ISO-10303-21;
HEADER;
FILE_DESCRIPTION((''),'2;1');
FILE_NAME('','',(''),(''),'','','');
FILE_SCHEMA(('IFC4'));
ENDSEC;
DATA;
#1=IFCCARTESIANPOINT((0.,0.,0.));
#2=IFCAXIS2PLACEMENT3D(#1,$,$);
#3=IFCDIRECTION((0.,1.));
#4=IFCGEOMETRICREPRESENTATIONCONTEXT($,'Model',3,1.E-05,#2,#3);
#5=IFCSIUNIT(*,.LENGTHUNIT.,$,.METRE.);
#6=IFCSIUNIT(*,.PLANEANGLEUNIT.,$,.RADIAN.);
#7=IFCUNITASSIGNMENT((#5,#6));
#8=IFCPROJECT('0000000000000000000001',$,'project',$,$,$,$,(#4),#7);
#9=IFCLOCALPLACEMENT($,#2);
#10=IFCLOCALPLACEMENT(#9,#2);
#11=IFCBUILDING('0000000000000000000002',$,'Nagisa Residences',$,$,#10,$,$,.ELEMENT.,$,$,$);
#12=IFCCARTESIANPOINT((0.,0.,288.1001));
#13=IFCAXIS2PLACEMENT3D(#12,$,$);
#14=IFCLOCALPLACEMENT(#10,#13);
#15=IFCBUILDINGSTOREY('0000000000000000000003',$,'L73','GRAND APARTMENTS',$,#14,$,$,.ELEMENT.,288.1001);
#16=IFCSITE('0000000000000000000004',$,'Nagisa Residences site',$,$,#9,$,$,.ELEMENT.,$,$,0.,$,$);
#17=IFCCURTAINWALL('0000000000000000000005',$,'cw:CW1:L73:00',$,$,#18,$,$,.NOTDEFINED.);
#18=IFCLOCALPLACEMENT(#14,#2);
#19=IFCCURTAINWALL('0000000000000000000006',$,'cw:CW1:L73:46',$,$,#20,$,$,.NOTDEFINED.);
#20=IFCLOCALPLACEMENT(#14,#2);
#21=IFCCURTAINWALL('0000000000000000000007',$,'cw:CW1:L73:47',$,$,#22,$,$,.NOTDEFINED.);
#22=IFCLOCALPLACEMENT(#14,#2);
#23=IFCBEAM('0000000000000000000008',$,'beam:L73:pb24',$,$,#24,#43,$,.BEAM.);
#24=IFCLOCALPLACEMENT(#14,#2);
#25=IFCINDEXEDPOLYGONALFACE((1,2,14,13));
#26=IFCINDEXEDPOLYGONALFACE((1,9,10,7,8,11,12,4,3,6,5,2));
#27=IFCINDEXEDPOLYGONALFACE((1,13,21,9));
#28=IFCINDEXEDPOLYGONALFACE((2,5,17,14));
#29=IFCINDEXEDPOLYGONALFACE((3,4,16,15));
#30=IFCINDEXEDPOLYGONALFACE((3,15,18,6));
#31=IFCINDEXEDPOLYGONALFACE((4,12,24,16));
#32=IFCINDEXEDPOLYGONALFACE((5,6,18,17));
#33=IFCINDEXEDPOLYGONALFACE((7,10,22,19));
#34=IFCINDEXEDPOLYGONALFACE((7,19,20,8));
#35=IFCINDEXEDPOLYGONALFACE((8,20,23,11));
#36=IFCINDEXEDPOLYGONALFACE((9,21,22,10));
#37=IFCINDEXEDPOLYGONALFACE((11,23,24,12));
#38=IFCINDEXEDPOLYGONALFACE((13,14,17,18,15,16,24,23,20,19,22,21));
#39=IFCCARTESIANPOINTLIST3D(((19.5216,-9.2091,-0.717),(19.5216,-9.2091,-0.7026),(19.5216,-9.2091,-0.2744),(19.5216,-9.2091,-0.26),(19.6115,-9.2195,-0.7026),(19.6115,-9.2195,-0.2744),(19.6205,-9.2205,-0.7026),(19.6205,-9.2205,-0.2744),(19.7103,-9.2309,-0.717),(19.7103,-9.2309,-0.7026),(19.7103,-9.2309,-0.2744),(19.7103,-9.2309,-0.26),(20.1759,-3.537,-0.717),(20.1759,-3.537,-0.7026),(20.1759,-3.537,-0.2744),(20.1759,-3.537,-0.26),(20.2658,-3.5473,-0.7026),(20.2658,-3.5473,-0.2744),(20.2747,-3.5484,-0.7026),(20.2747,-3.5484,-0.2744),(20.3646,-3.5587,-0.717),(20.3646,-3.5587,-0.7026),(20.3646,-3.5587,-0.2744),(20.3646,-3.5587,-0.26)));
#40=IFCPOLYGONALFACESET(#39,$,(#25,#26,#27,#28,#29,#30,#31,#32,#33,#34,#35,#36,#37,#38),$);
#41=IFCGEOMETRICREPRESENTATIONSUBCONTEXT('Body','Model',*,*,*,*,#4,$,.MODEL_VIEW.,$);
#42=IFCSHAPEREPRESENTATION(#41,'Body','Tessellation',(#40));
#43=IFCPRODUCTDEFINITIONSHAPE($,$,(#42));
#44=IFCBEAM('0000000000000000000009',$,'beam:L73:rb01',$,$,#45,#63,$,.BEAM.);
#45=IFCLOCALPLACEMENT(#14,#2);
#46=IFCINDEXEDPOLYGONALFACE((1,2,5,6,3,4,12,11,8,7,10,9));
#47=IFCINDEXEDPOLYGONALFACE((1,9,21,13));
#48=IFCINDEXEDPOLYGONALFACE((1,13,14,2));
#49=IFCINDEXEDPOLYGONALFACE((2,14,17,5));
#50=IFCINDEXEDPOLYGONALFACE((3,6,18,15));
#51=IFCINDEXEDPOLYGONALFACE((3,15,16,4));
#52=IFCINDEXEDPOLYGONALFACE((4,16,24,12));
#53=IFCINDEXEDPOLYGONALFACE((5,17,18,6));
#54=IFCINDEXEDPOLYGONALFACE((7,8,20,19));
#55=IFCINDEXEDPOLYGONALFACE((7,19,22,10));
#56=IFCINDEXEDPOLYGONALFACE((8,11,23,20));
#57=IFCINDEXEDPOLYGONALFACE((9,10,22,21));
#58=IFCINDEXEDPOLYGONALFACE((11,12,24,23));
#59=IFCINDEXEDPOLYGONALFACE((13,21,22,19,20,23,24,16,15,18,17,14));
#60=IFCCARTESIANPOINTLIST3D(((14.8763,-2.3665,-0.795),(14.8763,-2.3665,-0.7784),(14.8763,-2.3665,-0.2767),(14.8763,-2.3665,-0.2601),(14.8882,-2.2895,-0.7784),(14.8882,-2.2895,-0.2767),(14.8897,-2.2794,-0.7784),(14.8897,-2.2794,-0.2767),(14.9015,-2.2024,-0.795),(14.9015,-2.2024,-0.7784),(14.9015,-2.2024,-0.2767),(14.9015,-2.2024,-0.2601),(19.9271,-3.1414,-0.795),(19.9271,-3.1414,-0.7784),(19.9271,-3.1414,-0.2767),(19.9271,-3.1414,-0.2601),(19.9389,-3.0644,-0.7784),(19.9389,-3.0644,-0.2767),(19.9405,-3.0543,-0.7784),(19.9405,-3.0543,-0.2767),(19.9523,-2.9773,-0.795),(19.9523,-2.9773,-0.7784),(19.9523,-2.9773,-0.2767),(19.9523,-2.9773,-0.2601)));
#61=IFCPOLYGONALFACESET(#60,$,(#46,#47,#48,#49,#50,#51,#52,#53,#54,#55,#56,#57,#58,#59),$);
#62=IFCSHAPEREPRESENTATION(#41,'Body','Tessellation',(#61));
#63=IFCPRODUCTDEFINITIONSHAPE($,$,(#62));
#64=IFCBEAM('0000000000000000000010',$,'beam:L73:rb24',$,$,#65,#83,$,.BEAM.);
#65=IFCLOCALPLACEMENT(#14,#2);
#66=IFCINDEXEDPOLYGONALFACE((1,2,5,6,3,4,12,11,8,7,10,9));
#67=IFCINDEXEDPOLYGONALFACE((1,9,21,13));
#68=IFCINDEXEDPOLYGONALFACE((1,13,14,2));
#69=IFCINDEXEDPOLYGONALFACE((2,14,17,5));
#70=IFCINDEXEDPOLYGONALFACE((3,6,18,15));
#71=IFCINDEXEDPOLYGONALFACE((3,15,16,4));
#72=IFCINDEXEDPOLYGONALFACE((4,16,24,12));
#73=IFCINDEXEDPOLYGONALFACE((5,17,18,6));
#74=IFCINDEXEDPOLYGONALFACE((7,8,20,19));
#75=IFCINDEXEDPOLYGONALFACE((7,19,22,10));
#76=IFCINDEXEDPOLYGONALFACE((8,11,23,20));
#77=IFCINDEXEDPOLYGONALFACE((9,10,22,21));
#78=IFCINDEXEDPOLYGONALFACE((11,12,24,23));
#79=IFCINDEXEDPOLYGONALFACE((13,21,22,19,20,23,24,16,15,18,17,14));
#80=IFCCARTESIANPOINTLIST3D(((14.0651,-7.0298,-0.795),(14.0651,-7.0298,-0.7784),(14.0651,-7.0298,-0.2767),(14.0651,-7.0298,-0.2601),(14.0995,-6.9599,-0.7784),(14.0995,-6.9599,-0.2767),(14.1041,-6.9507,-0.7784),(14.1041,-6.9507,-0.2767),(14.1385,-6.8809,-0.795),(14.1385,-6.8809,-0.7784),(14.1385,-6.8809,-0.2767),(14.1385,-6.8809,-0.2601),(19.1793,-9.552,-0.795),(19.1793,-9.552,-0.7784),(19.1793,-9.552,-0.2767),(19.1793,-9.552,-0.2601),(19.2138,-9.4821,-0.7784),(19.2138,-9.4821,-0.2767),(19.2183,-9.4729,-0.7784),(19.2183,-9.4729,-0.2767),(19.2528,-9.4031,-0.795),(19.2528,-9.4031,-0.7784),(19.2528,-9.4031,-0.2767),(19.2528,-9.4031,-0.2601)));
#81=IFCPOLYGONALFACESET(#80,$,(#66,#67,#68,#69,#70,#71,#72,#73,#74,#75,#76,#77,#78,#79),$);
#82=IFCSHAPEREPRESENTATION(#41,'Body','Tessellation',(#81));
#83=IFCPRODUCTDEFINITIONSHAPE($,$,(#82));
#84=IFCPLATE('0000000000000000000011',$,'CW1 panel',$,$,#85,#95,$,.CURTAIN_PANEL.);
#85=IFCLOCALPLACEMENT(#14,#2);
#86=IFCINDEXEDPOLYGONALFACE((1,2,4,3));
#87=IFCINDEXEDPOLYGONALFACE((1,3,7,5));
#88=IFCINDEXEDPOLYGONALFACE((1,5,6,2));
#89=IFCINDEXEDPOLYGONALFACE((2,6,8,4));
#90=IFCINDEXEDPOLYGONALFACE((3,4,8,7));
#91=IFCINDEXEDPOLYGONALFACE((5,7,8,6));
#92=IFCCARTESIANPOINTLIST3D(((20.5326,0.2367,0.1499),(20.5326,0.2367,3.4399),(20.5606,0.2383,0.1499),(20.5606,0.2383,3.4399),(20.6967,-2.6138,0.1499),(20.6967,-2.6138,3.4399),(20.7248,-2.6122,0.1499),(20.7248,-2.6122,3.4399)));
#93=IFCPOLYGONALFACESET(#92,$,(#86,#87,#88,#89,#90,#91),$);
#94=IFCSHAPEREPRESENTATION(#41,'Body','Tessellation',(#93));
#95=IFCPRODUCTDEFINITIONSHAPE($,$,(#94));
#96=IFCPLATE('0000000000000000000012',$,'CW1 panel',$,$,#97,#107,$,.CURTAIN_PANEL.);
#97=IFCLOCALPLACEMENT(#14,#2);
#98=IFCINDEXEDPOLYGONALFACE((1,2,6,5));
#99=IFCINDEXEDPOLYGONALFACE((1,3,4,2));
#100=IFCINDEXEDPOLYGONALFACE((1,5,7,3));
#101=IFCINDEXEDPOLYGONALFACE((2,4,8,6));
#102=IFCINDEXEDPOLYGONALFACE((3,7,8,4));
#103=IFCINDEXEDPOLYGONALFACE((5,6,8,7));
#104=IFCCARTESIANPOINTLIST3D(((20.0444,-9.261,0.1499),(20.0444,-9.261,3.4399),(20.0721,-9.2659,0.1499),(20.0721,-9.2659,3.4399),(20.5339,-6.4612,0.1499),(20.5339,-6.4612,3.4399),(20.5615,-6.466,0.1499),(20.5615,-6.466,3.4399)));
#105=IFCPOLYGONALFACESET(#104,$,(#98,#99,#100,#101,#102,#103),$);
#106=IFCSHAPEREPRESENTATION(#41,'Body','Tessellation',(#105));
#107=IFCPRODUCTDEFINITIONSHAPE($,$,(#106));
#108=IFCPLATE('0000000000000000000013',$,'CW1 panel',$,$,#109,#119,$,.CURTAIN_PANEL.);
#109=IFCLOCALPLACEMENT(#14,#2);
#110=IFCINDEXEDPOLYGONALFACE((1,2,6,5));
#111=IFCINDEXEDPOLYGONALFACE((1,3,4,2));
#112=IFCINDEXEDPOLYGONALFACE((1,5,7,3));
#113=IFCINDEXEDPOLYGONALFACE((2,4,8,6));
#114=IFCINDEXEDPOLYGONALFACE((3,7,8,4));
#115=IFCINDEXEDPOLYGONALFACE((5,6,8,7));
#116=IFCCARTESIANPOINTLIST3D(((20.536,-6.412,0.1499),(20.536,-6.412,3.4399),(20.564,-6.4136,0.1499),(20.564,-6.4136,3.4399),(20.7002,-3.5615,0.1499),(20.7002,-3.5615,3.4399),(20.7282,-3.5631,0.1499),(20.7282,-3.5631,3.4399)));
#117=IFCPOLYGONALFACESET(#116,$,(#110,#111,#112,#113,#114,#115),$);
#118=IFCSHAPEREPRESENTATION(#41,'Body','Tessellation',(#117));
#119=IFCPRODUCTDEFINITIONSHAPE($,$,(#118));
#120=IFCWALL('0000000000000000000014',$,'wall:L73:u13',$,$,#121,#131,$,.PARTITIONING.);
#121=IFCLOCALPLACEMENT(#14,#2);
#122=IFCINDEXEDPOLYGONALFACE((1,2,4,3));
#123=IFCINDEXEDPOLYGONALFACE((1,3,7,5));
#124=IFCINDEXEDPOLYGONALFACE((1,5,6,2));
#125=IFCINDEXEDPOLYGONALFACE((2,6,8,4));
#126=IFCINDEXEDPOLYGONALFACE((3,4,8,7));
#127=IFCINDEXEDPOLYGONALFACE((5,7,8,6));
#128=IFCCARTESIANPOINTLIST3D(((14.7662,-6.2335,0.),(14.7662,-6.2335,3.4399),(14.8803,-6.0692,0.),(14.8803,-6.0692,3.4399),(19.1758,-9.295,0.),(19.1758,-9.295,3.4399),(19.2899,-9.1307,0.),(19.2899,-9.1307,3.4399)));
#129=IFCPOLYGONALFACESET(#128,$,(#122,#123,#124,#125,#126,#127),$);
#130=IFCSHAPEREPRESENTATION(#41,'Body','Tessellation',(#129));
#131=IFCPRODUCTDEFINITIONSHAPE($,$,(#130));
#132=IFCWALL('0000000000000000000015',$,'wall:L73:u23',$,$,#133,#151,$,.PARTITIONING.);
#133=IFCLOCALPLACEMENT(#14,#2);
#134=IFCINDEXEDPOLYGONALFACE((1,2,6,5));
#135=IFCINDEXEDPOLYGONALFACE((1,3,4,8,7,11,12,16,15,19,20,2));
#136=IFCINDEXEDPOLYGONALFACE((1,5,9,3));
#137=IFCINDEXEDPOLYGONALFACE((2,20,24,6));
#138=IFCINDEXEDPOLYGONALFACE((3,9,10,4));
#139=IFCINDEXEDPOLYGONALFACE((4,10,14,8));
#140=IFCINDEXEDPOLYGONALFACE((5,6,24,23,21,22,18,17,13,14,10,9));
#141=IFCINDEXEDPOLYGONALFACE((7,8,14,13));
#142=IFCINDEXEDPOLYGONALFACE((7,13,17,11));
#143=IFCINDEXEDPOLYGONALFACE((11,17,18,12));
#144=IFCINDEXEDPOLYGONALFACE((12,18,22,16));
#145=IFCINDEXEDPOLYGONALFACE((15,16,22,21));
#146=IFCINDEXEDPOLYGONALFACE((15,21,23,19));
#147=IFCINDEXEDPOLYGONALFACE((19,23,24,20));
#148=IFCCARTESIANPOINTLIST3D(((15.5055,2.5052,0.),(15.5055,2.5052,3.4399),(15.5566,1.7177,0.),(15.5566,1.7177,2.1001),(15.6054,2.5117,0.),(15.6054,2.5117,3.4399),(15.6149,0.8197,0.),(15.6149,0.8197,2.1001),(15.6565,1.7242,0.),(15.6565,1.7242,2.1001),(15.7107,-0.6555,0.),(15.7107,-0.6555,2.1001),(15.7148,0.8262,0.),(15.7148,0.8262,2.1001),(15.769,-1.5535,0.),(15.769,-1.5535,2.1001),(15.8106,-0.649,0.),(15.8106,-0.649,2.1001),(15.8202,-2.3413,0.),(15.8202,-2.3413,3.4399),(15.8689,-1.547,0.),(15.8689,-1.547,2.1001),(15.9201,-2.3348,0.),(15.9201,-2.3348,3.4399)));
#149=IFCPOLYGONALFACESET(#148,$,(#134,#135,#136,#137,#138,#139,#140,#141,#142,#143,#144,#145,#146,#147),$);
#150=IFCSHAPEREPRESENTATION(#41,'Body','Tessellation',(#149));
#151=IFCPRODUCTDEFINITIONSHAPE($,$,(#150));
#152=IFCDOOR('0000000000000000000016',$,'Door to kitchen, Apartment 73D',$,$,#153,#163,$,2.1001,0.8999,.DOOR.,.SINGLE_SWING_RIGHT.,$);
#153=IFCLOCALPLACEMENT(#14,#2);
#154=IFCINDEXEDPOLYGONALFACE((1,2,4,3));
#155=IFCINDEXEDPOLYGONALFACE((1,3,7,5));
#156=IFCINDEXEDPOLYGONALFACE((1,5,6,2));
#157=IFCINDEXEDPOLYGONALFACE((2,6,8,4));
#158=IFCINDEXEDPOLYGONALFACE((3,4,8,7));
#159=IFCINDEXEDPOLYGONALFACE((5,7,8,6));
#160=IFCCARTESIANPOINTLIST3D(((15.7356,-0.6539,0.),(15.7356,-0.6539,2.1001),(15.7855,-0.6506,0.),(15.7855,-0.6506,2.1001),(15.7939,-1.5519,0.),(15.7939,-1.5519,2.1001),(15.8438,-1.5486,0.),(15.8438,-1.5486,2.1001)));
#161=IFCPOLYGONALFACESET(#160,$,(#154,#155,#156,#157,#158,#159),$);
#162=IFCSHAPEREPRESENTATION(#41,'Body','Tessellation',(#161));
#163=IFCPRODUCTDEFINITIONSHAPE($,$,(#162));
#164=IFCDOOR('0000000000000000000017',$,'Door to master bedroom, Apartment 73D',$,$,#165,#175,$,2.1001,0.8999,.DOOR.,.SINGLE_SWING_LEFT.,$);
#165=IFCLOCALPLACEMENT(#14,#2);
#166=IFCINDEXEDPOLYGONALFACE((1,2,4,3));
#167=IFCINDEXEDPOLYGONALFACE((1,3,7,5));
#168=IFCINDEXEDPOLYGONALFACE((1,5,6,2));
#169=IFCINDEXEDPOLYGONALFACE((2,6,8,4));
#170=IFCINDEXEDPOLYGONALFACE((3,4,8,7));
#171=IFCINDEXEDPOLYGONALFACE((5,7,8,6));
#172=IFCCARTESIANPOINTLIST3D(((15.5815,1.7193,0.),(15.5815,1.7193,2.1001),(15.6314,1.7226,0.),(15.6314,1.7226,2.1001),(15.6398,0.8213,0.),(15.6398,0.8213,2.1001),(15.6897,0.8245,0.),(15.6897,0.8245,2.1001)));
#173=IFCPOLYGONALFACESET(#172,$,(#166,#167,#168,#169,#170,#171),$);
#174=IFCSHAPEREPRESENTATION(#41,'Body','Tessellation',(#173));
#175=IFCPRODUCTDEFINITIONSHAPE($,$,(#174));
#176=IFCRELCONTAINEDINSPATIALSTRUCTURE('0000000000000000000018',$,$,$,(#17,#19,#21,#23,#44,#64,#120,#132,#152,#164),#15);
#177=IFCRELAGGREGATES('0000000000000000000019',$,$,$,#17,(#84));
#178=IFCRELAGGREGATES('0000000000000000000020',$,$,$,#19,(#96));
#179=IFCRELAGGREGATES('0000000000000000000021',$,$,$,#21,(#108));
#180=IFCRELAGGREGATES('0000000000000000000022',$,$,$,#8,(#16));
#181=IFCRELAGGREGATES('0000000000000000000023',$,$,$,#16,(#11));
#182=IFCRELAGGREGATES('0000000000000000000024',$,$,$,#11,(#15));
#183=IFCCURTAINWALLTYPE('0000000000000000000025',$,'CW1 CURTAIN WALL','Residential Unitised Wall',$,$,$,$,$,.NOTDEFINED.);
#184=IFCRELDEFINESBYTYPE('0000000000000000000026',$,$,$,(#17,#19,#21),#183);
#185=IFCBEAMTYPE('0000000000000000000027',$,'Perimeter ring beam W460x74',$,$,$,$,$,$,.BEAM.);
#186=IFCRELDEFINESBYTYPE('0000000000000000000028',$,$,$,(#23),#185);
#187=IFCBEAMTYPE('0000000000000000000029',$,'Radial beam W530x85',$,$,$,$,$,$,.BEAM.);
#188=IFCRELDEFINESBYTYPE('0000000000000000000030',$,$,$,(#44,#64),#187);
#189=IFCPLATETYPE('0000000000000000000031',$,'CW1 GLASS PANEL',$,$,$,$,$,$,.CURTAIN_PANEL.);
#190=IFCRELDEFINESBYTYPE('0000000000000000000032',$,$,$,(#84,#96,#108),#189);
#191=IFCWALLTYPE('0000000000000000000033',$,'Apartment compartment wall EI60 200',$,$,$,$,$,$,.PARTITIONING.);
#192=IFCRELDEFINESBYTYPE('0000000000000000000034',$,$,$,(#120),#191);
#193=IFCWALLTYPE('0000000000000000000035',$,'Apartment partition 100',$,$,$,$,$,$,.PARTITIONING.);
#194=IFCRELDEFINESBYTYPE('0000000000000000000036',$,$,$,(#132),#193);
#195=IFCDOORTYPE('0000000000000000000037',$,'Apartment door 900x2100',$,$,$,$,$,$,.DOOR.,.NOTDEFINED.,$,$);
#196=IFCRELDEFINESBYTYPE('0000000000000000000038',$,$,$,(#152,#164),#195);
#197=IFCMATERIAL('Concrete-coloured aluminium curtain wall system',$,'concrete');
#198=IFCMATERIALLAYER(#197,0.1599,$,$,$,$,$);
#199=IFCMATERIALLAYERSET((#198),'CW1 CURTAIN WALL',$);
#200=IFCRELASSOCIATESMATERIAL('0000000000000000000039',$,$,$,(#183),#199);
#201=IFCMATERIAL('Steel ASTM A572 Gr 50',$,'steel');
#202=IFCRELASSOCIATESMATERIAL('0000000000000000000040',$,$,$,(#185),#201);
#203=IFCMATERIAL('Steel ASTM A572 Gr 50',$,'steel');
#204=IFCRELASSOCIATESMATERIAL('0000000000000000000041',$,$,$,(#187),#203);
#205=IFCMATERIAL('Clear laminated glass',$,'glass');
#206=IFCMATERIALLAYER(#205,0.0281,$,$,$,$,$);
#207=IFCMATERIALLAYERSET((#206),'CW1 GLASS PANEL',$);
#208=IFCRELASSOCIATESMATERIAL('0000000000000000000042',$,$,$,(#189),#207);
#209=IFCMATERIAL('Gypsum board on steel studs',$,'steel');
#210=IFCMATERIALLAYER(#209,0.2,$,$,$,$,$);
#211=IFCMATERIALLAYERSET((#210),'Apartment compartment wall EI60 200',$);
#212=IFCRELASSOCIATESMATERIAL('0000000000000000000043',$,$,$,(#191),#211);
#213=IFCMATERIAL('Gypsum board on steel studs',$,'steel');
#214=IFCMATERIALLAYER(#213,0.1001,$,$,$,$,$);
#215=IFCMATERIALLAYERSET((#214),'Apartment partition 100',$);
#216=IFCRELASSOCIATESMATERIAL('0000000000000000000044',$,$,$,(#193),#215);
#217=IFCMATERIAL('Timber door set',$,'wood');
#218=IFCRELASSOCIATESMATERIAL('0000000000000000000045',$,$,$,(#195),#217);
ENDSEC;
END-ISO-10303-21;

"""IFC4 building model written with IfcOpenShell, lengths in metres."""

from ifc_helpers import new_model, si_unit, direction, frame, frame_2d, origin, origin_2d, place, context, subcontext, project, spatial, rectangle, i_section, extrude, material, layer, layer_set, material_profile, profile_set, type_object, element, fill, aggregate, save


model = new_model("IFC4")

# Units and contexts
model_context = context("Model", 3, precision=1e-05, world=origin(), true_north=direction((0.0, 1.0)))
body_context = subcontext(model_context, "Body", "Model", "MODEL_VIEW")
ifc_project = project(units=[si_unit("LENGTHUNIT", "METRE"), si_unit("PLANEANGLEUNIT", "RADIAN")], contexts=[model_context])

# Site, building, storey
site_placement = place(None, origin())
site = spatial("IfcSite", under=ifc_project, at=site_placement, Name="Nagisa Residences site", CompositionType="ELEMENT", RefElevation=0.0)
building_placement = place(site_placement, origin())
building = spatial("IfcBuilding", under=site, at=building_placement, Name="Nagisa Residences", CompositionType="ELEMENT")
storey_placement = place(building_placement, frame((0.0, 0.0, 288.1001)))
storey = spatial("IfcBuildingStorey", under=building, at=storey_placement, Name="L73", Description="GRAND APARTMENTS", CompositionType="ELEMENT", Elevation=288.1001)

# Curtain walls
ifc_material_1 = material(Name="Concrete-coloured aluminium curtain wall system", Category="concrete")
ifc_layer_1 = layer(ifc_material_1, 0.1599)
ifc_layer_set_1 = layer_set([ifc_layer_1], Name="CW1 CURTAIN WALL")
curtain_wall_type = type_object("IfcCurtainWallType", Name="CW1 CURTAIN WALL", Description="Residential Unitised Wall", PredefinedType="NOTDEFINED", material=ifc_layer_set_1)
curtain_wall_1_placement = place(storey_placement, origin())
curtain_wall_1 = element("IfcCurtainWall", 1, at=curtain_wall_1_placement, inside=storey, type_object=curtain_wall_type, Name="cw:CW1:L73:00", PredefinedType="NOTDEFINED")
curtain_wall_2_placement = place(storey_placement, origin())
curtain_wall_2 = element("IfcCurtainWall", 2, at=curtain_wall_2_placement, inside=storey, type_object=curtain_wall_type, Name="cw:CW1:L73:46", PredefinedType="NOTDEFINED")
curtain_wall_3_placement = place(storey_placement, origin())
curtain_wall_3 = element("IfcCurtainWall", 3, at=curtain_wall_3_placement, inside=storey, type_object=curtain_wall_type, Name="cw:CW1:L73:47", PredefinedType="NOTDEFINED")

# Beams
ifc_material_2 = material(Name="Steel ASTM A572 Gr 50", Category="steel")
ifc_material_profile_1 = material_profile(ifc_material_2, i_section(OverallWidth=0.1899, OverallDepth=0.457, WebThickness=0.009, FlangeThickness=0.0144, at=origin_2d()), Name="W460x74")
ifc_profile_set_1 = profile_set([ifc_material_profile_1], Name="Steel ASTM A572 Gr 50")
beam_type_1 = type_object("IfcBeamType", Name="Perimeter ring beam W460x74", PredefinedType="BEAM", material=ifc_profile_set_1)
for number, where, z_axis, x_axis, name in (
    (4, (19.616, -9.22, -0.4885), (0.114593, 0.993412, 0.0), (-0.993412, 0.114593, 0.0), "beam:L73:pb24"),
):
    element("IfcBeam", number, at=place(storey_placement, frame(where, z_axis=z_axis, x_axis=x_axis)), inside=storey, type_object=beam_type_1, Name=name, PredefinedType="BEAM", context=body_context, shape_type="SweptSolid", body=[
        extrude(i_section(OverallWidth=0.1899, OverallDepth=0.457, WebThickness=0.009, FlangeThickness=0.0144, at=origin_2d()), origin(), (0.0, 0.0, 1.0), 5.7097),
    ])
ifc_material_3 = material(Name="Steel ASTM A572 Gr 50", Category="steel")
ifc_material_profile_2 = material_profile(ifc_material_3, i_section(OverallWidth=0.166, OverallDepth=0.5349, WebThickness=0.0103, FlangeThickness=0.0166, at=origin_2d()), Name="W530x85")
ifc_profile_set_2 = profile_set([ifc_material_profile_2], Name="Steel ASTM A572 Gr 50")
beam_type_2 = type_object("IfcBeamType", Name="Radial beam W530x85", PredefinedType="BEAM", material=ifc_profile_set_2)
beam_1_placement = place(storey_placement, frame((19.9397, -3.0593, -0.5276), z_axis=(-0.988435, 0.151648, 0.0), x_axis=(-0.151648, -0.988435, 0.0)))
element("IfcBeam", 5, at=beam_1_placement, inside=storey, type_object=beam_type_2, Name="beam:L73:rb01", PredefinedType="BEAM", context=body_context, shape_type="SweptSolid", body=[
    extrude(i_section(OverallWidth=0.166, OverallDepth=0.5349, WebThickness=0.0103, FlangeThickness=0.0166, at=origin_2d()), origin(), (0.0, 0.0, 1.0), 5.1099),
])
beam_2_placement = place(storey_placement, frame((19.2161, -9.4775, -0.5276), z_axis=(-0.896863, 0.442309, 0.0), x_axis=(-0.442309, -0.896863, 0.0)))
element("IfcBeam", 6, at=beam_2_placement, inside=storey, type_object=beam_type_2, Name="beam:L73:rb24", PredefinedType="BEAM", context=body_context, shape_type="SweptSolid", body=[
    extrude(i_section(OverallWidth=0.166, OverallDepth=0.5349, WebThickness=0.0103, FlangeThickness=0.0166, at=origin_2d()), origin(), (0.0, 0.0, 1.0), 5.7024),
])

# Plates
ifc_material_4 = material(Name="Clear laminated glass", Category="glass")
ifc_layer_2 = layer(ifc_material_4, 0.0281)
ifc_layer_set_2 = layer_set([ifc_layer_2], Name="CW1 GLASS PANEL")
plate_type = type_object("IfcPlateType", Name="CW1 GLASS PANEL", PredefinedType="CURTAIN_PANEL", material=ifc_layer_set_2)
plate_1_placement = place(storey_placement, frame((20.6287, -1.1877, 0.1499), z_axis=(0.0, 0.0, 1.0), x_axis=(-0.057503, 0.998345, 0.0)))
plate_1 = element("IfcPlate", 7, at=plate_1_placement, type_object=plate_type, Name="CW1 panel", PredefinedType="CURTAIN_PANEL", context=body_context, shape_type="SweptSolid", body=[
    extrude(rectangle(XDim=2.8552, YDim=0.0281, at=origin_2d()), origin(), (0.0, 0.0, 1.0), 3.29),
])
aggregate(curtain_wall_1, [plate_1])
plate_2_placement = place(storey_placement, frame((20.303, -7.8635, 0.1499), z_axis=(0.0, 0.0, 1.0), x_axis=(0.172191, 0.985064, 0.0)))
plate_2 = element("IfcPlate", 8, at=plate_2_placement, type_object=plate_type, Name="CW1 panel", PredefinedType="CURTAIN_PANEL", context=body_context, shape_type="SweptSolid", body=[
    extrude(rectangle(XDim=2.8423, YDim=0.0281, at=origin_2d()), origin(), (0.0, 0.0, 1.0), 3.29),
])
aggregate(curtain_wall_2, [plate_2])
plate_3_placement = place(storey_placement, frame((20.6321, -4.9875, 0.1499), z_axis=(0.0, 0.0, 1.0), x_axis=(0.057503, 0.998345, 0.0)))
plate_3 = element("IfcPlate", 9, at=plate_3_placement, type_object=plate_type, Name="CW1 panel", PredefinedType="CURTAIN_PANEL", context=body_context, shape_type="SweptSolid", body=[
    extrude(rectangle(XDim=2.8552, YDim=0.0281, at=origin_2d()), origin(), (0.0, 0.0, 1.0), 3.29),
])
aggregate(curtain_wall_3, [plate_3])

# Wall
ifc_material_5 = material(Name="Gypsum board on steel studs", Category="steel")
ifc_layer_3 = layer(ifc_material_5, 0.2)
ifc_layer_set_3 = layer_set([ifc_layer_3], Name="Apartment compartment wall EI60 200")
wall_type_1 = type_object("IfcWallType", Name="Apartment compartment wall EI60 200", PredefinedType="PARTITIONING", material=ifc_layer_set_3)
wall_1_placement = place(storey_placement, frame((14.8232, -6.1514, 0.0), z_axis=(0.0, 0.0, 1.0), x_axis=(0.821435, -0.570302, 0.0)))
element("IfcWall", 10, at=wall_1_placement, inside=storey, type_object=wall_type_1, Name="wall:L73:u13", PredefinedType="PARTITIONING", context=body_context, shape_type="SweptSolid", body=[
    extrude(rectangle(XDim=5.3682, YDim=0.2, at=frame_2d((2.6841, 0.0))), origin(), (0.0, 0.0, 1.0), 3.4399),
])

# Wall, openings, doors
ifc_material_6 = material(Name="Gypsum board on steel studs", Category="steel")
ifc_layer_4 = layer(ifc_material_6, 0.1001)
ifc_layer_set_4 = layer_set([ifc_layer_4], Name="Apartment partition 100")
wall_type_2 = type_object("IfcWallType", Name="Apartment partition 100", PredefinedType="PARTITIONING", material=ifc_layer_set_4)
wall_2_placement = place(storey_placement, frame((15.8701, -2.3379, 0.0), z_axis=(0.0, 0.0, 1.0), x_axis=(-0.064797, 0.997898, 0.0)))
wall_2 = element("IfcWall", 11, at=wall_2_placement, inside=storey, type_object=wall_type_2, Name="wall:L73:u23", PredefinedType="PARTITIONING", context=body_context, shape_type="SweptSolid", body=[
    extrude(rectangle(XDim=4.8567, YDim=0.1001, at=frame_2d((2.4282, 0.0))), origin(), (0.0, 0.0, 1.0), 3.4399),
])
opening_1_placement = place(wall_2_placement, frame((0.7893, 0.0, 0.0)))
opening_1 = element("IfcOpeningElement", 12, at=opening_1_placement, cuts=wall_2, PredefinedType="OPENING", context=body_context, shape_type="SweptSolid", body=[
    extrude(rectangle(XDim=0.8999, YDim=2.1001, at=frame_2d((0.45, 1.05))), frame((0.0, 0.0601, 0.0), z_axis=(0.0, -1.0, 0.0), x_axis=(1.0, 0.0, 0.0)), (0.0, 0.0, 1.0), 0.1201),
])
opening_2_placement = place(wall_2_placement, frame((3.1675, 0.0, 0.0)))
opening_2 = element("IfcOpeningElement", 13, at=opening_2_placement, cuts=wall_2, PredefinedType="OPENING", context=body_context, shape_type="SweptSolid", body=[
    extrude(rectangle(XDim=0.8999, YDim=2.1001, at=frame_2d((0.45, 1.05))), frame((0.0, 0.0601, 0.0), z_axis=(0.0, -1.0, 0.0), x_axis=(1.0, 0.0, 0.0)), (0.0, 0.0, 1.0), 0.1201),
])
ifc_material_7 = material(Name="Timber door set", Category="wood")
door_type_1 = type_object("IfcDoorType", Name="Apartment door 900x2100", OperationType="NOTDEFINED", PredefinedType="DOOR", material=ifc_material_7)
door_1_placement = place(opening_1_placement, frame((0.8999, 0.0, 0.0), x_axis=(-1.0, 0.0, 0.0)))
door_1 = element("IfcDoor", 14, at=door_1_placement, inside=storey, type_object=door_type_1, Name="Door to kitchen, Apartment 73D", OperationType="SINGLE_SWING_RIGHT", OverallHeight=2.1001, OverallWidth=0.8999, PredefinedType="DOOR", context=body_context, shape_type="SweptSolid", body=[
    extrude(rectangle(XDim=0.8999, YDim=2.1001, at=frame_2d((0.45, 1.05))), frame((0.0, 0.0249, 0.0), z_axis=(0.0, -1.0, 0.0), x_axis=(1.0, 0.0, 0.0)), (0.0, 0.0, 1.0), 0.05),
])
fill(opening_1, door_1)
door_2_placement = place(opening_2_placement, frame((0.8999, 0.0, 0.0), x_axis=(-1.0, 0.0, 0.0)))
door_2 = element("IfcDoor", 15, at=door_2_placement, inside=storey, type_object=door_type_1, Name="Door to master bedroom, Apartment 73D", OperationType="SINGLE_SWING_LEFT", OverallHeight=2.1001, OverallWidth=0.8999, PredefinedType="DOOR", context=body_context, shape_type="SweptSolid", body=[
    extrude(rectangle(XDim=0.8999, YDim=2.1001, at=frame_2d((0.45, 1.05))), frame((0.0, 0.0249, 0.0), z_axis=(0.0, -1.0, 0.0), x_axis=(1.0, 0.0, 0.0)), (0.0, 0.0, 1.0), 0.05),
])
fill(opening_2, door_2)

save(model, "model.ifc")
